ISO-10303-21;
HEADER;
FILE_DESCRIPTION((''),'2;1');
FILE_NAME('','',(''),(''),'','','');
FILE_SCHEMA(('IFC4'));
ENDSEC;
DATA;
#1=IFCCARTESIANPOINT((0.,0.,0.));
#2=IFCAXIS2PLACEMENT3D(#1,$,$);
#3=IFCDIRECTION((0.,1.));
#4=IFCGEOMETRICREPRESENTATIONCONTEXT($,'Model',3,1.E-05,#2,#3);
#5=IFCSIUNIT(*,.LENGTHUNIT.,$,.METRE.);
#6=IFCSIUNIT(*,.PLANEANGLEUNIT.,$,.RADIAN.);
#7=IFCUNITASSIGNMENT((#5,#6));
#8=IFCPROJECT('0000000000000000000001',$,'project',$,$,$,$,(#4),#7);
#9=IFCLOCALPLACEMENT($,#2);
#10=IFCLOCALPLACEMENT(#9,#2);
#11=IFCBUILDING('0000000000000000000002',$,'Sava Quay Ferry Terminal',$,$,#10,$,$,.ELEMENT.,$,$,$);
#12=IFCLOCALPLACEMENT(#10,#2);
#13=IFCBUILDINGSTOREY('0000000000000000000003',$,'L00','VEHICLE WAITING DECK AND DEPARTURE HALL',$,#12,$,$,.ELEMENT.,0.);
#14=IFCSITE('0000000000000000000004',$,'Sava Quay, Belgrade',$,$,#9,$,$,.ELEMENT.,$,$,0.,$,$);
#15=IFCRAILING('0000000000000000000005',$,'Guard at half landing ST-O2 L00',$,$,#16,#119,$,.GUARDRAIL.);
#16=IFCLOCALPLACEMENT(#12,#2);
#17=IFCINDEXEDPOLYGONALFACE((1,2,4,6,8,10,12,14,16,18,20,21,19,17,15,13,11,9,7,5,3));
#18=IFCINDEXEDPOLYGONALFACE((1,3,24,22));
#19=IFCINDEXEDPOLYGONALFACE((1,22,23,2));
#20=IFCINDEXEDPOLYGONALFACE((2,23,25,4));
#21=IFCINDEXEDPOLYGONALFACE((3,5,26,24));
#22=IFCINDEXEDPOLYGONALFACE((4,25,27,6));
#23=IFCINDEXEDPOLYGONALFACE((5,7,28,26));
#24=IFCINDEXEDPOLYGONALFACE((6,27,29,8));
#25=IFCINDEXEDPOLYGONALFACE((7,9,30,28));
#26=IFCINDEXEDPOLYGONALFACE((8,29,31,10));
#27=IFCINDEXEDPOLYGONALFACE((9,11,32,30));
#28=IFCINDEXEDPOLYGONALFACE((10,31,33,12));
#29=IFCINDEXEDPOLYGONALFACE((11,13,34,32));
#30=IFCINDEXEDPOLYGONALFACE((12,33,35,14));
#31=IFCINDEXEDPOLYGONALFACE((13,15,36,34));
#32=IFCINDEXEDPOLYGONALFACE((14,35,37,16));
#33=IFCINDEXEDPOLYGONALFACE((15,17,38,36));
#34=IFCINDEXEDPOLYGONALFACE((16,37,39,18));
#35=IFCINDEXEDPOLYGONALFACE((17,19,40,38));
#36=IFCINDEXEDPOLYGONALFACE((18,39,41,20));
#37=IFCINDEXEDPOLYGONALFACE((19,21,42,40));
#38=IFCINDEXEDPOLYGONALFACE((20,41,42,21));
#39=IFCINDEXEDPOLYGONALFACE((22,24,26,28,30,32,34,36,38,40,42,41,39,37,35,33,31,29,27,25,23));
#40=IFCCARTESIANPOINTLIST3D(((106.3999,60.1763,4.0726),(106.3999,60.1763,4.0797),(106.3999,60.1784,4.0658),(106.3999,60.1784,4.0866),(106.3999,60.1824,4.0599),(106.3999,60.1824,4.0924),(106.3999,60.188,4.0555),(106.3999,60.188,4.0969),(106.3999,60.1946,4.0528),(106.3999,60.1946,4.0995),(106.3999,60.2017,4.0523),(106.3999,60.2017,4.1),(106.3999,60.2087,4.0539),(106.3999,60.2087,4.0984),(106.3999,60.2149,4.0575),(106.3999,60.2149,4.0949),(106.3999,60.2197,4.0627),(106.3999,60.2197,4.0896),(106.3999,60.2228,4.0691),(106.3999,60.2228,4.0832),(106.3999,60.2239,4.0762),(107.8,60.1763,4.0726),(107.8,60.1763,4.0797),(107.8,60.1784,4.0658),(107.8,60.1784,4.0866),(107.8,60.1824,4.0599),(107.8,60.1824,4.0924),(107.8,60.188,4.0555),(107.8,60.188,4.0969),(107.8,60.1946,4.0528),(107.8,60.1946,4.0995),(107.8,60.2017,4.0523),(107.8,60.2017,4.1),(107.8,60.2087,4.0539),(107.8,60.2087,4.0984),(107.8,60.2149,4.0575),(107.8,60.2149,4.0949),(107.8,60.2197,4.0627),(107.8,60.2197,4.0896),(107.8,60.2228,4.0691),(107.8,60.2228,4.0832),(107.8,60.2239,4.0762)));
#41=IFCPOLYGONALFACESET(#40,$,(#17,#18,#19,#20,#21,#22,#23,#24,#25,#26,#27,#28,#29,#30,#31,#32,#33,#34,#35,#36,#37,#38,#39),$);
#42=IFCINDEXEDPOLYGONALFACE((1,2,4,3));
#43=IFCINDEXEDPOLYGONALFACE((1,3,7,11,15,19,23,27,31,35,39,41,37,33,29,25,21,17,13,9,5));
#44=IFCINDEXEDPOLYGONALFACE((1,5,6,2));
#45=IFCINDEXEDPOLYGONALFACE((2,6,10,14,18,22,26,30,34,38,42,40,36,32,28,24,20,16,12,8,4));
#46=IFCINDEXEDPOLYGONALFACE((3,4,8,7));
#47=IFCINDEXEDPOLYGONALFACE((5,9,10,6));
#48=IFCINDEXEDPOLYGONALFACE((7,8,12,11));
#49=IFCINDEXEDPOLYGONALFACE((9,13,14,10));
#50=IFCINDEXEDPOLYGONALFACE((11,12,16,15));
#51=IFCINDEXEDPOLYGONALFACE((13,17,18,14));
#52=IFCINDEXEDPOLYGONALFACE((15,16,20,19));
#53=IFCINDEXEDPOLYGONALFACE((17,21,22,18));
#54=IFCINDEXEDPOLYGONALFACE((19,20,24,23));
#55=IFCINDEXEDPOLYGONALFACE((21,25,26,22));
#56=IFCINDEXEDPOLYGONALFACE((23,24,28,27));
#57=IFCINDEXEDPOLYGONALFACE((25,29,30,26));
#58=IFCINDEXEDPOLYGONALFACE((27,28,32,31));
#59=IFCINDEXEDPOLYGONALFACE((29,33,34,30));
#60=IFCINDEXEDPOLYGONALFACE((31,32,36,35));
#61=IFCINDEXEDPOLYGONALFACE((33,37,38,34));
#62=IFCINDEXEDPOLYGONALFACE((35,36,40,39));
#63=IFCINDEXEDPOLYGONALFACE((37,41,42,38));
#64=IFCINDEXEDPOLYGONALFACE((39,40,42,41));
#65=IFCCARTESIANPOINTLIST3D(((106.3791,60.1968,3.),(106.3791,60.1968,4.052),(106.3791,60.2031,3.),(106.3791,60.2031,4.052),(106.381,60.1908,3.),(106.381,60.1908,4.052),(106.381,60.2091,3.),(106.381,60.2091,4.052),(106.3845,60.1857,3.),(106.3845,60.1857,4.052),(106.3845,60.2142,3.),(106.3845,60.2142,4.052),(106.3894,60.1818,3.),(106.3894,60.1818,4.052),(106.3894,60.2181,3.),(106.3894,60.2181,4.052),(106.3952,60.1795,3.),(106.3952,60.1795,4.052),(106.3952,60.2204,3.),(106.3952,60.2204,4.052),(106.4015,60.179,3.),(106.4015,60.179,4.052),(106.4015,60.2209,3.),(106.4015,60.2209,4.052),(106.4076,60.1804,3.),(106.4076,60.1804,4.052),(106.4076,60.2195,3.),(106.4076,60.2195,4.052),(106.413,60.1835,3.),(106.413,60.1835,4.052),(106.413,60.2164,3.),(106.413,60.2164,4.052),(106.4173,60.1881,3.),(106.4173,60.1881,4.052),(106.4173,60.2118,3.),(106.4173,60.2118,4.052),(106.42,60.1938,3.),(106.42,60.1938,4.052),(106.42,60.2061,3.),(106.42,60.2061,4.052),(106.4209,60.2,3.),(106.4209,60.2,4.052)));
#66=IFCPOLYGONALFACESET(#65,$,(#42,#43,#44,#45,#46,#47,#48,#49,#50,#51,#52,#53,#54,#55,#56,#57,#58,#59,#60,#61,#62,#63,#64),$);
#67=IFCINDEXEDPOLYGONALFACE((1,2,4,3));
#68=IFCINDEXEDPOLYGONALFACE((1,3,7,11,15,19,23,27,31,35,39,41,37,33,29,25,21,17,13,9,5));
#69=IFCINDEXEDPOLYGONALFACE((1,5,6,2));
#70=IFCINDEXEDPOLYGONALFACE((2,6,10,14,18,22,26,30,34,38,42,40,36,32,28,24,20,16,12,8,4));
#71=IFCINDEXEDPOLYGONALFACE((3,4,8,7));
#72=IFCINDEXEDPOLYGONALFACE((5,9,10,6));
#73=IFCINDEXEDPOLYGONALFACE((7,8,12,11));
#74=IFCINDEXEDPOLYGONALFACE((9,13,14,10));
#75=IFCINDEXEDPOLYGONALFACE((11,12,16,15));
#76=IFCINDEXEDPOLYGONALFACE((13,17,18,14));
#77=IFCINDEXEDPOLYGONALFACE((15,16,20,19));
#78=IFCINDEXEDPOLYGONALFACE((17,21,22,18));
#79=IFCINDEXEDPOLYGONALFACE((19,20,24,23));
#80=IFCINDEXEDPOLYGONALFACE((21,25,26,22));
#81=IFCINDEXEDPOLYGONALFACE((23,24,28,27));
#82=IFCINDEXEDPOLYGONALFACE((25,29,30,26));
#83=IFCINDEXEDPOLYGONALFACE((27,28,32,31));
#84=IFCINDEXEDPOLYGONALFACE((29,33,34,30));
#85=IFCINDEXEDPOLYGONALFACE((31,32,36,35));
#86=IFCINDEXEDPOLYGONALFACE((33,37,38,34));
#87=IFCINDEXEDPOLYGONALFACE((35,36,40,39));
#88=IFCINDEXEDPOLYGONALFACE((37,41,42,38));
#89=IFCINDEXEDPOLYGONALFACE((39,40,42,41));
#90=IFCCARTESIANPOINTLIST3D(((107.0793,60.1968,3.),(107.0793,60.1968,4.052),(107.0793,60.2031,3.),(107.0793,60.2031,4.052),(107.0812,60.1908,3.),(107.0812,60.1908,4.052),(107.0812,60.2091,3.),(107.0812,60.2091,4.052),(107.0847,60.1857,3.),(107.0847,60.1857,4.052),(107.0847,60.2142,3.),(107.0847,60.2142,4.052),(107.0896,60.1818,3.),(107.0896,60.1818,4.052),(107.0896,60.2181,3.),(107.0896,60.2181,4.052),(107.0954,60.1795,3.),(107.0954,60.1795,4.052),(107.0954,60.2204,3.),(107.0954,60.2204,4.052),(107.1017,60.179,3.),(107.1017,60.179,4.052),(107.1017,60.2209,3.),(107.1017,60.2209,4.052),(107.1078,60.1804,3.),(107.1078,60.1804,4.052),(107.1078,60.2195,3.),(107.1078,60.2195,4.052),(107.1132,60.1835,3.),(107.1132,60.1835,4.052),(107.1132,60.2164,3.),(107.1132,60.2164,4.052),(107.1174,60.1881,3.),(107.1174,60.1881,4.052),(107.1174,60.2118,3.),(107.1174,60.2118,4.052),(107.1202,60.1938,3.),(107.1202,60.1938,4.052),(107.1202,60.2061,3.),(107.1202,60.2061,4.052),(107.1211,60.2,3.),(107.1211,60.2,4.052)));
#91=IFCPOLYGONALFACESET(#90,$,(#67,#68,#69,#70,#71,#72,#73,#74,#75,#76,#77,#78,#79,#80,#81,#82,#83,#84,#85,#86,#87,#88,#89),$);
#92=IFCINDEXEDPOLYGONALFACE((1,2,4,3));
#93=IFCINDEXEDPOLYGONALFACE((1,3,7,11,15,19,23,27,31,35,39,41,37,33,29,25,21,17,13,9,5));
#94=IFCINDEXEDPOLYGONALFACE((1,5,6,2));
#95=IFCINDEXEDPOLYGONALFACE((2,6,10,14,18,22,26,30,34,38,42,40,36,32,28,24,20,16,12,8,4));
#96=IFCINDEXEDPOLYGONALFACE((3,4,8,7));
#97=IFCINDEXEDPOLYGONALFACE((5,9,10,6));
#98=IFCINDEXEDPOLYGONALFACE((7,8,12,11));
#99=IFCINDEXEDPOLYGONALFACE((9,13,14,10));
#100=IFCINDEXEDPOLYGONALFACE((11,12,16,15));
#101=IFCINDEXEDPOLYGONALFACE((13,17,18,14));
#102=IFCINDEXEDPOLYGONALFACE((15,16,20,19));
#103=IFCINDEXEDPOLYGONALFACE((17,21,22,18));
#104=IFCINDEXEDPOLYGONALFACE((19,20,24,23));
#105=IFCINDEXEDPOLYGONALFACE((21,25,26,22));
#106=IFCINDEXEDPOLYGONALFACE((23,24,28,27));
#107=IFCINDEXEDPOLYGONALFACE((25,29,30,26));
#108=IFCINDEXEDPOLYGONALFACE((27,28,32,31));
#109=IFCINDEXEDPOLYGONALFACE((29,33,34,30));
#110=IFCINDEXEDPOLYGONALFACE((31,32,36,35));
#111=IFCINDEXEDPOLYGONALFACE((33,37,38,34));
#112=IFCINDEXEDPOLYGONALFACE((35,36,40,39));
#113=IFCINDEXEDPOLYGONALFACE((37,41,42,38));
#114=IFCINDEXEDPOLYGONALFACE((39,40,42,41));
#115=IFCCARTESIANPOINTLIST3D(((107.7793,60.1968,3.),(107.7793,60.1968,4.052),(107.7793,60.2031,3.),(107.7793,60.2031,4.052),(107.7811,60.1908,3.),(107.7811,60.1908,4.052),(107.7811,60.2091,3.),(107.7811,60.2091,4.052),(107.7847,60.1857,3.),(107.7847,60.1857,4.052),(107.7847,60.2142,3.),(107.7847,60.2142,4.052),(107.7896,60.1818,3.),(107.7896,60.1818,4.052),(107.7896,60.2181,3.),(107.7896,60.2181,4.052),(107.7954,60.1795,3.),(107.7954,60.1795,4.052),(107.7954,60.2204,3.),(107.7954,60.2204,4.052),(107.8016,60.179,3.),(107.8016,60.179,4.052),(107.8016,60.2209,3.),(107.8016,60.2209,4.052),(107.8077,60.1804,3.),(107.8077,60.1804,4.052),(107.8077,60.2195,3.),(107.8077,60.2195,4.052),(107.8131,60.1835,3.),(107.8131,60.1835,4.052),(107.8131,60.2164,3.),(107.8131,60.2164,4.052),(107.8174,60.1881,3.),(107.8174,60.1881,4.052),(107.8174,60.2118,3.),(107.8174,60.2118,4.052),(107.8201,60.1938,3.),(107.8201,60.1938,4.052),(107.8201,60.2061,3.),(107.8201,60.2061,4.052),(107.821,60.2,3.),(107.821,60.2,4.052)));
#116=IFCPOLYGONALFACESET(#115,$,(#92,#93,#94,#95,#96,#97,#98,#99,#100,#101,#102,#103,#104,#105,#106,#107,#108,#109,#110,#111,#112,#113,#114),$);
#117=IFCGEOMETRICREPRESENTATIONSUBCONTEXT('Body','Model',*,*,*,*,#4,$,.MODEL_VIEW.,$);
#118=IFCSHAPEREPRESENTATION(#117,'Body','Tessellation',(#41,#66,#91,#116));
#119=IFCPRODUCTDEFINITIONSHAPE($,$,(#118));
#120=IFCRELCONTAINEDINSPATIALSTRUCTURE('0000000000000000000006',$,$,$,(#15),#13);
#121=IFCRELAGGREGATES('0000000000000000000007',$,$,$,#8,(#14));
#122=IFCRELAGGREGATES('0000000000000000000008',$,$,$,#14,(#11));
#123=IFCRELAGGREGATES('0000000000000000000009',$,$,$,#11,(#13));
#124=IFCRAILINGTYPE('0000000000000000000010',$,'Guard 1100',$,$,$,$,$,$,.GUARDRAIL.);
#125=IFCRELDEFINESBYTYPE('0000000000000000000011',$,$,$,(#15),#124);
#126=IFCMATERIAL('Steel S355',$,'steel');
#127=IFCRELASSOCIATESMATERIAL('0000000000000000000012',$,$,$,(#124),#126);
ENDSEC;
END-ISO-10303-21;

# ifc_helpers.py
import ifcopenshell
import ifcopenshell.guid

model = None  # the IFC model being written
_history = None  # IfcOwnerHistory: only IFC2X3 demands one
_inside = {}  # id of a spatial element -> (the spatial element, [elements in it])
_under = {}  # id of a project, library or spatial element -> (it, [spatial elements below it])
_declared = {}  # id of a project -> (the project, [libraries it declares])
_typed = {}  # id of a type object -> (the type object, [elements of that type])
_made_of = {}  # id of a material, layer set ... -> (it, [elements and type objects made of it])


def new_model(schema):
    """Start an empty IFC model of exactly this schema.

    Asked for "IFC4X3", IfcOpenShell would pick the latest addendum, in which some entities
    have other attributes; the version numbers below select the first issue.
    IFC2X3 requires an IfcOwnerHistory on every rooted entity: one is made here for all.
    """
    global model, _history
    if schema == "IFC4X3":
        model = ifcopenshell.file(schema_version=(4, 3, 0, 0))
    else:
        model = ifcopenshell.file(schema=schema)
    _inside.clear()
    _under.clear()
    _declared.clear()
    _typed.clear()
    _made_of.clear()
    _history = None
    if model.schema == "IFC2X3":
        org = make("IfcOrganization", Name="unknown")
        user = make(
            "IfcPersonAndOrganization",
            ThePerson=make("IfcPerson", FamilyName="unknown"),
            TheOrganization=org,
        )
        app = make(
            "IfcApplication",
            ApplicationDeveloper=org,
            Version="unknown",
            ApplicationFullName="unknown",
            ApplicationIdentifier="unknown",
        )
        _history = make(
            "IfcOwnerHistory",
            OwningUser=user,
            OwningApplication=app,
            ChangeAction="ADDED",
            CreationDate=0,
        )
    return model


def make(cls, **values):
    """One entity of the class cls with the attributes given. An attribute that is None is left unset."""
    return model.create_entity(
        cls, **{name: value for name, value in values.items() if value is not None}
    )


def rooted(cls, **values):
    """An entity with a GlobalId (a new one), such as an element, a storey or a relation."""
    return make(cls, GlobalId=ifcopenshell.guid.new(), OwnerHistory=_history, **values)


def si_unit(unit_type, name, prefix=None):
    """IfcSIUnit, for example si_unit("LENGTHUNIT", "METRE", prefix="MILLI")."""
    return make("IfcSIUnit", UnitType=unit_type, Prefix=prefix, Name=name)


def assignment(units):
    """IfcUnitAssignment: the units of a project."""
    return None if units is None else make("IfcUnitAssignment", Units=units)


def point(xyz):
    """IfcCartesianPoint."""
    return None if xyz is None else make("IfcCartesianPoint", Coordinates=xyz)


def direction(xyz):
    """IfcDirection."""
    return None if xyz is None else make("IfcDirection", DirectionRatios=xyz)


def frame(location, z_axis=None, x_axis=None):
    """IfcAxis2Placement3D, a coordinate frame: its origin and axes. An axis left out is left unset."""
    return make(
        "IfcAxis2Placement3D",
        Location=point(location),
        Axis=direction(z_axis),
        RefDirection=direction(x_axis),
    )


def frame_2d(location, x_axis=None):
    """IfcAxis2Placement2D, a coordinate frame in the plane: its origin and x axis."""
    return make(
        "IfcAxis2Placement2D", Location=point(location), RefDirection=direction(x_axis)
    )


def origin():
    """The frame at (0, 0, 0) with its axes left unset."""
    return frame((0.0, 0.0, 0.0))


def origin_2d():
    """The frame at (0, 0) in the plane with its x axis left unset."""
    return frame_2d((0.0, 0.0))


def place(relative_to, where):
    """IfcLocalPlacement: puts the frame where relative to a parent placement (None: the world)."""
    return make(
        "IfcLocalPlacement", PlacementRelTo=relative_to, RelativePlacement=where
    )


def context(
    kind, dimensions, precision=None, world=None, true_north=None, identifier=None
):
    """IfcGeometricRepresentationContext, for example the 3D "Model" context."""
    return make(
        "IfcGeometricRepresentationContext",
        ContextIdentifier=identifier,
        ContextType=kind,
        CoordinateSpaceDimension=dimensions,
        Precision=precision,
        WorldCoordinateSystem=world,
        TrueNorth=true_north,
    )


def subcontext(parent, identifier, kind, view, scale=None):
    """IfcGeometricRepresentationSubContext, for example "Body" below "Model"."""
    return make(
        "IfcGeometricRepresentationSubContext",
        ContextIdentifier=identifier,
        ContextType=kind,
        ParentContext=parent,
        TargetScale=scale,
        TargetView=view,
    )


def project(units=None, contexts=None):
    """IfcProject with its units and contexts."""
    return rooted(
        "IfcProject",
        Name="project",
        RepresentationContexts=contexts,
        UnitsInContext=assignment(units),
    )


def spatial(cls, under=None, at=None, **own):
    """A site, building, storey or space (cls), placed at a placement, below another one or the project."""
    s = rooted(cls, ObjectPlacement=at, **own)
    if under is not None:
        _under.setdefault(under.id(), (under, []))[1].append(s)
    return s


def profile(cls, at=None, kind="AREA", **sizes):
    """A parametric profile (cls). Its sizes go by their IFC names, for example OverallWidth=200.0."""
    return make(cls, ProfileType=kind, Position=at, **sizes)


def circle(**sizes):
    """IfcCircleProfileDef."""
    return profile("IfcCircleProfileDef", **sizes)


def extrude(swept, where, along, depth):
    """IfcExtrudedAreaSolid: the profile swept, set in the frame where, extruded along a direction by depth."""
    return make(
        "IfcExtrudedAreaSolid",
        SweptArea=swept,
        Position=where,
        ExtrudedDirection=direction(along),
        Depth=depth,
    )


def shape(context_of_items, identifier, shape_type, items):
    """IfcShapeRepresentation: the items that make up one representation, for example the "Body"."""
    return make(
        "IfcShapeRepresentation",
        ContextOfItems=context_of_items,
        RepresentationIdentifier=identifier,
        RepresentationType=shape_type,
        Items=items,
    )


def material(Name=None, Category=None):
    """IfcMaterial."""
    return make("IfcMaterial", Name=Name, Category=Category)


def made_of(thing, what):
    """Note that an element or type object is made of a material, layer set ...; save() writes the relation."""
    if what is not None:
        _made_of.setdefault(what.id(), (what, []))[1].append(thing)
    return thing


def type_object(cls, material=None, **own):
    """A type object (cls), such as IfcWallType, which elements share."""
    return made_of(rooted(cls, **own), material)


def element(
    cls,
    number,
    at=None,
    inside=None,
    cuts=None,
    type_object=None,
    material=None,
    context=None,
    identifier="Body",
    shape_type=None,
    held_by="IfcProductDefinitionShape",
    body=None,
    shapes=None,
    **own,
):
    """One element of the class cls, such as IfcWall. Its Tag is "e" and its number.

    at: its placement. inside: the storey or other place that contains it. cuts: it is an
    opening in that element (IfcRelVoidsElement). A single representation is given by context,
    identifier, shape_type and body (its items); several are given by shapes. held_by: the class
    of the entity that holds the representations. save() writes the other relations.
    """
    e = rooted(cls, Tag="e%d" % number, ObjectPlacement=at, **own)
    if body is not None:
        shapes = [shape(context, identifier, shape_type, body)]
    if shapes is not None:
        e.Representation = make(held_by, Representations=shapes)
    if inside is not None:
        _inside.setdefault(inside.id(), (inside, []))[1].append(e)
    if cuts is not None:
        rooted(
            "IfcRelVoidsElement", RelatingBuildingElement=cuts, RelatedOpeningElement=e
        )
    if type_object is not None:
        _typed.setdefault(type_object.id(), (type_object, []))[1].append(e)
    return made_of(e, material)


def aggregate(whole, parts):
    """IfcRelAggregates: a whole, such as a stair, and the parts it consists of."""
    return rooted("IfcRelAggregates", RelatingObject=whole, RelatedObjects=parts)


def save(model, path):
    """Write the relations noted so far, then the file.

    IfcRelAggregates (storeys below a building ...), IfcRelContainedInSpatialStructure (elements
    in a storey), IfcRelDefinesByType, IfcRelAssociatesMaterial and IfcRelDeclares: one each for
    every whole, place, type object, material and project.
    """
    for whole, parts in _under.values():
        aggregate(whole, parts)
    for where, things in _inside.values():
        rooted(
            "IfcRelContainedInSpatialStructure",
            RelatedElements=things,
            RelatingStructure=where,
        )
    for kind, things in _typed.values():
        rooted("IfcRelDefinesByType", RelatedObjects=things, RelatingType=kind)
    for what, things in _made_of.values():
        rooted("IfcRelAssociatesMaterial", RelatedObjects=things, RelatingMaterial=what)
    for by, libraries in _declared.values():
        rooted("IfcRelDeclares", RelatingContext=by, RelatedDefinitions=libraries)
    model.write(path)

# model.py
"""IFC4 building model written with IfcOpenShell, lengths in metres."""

from ifc_helpers import new_model, si_unit, direction, frame, origin, origin_2d, place, context, subcontext, project, spatial, circle, extrude, material, type_object, element, save


model = new_model("IFC4")

# Units and contexts
model_context = context("Model", 3, precision=1e-05, world=origin(), true_north=direction((0.0, 1.0)))
body_context = subcontext(model_context, "Body", "Model", "MODEL_VIEW")
ifc_project = project(units=[si_unit("LENGTHUNIT", "METRE"), si_unit("PLANEANGLEUNIT", "RADIAN")], contexts=[model_context])

# Site, building, storey
site_placement = place(None, origin())
site = spatial("IfcSite", under=ifc_project, at=site_placement, Name="Sava Quay, Belgrade", CompositionType="ELEMENT", RefElevation=0.0)
building_placement = place(site_placement, origin())
building = spatial("IfcBuilding", under=site, at=building_placement, Name="Sava Quay Ferry Terminal", CompositionType="ELEMENT")
storey_placement = place(building_placement, origin())
storey = spatial("IfcBuildingStorey", under=building, at=storey_placement, Name="L00", Description="VEHICLE WAITING DECK AND DEPARTURE HALL", CompositionType="ELEMENT", Elevation=0.0)

# Railing
ifc_material_1 = material(Name="Steel S355", Category="steel")
railing_type_1 = type_object("IfcRailingType", Name="Guard 1100", PredefinedType="GUARDRAIL", material=ifc_material_1)
railing_1_placement = place(storey_placement, frame((106.3999, 60.2, 3.0)))
element("IfcRailing", 1, at=railing_1_placement, inside=storey, type_object=railing_type_1, Name="Guard at half landing ST-O2 L00", PredefinedType="GUARDRAIL", context=body_context, shape_type="SweptSolid", body=[
    extrude(circle(Radius=0.0239, at=origin_2d()), frame((0.0, 0.0, 1.0762), z_axis=(1.0, 0.0, 0.0), x_axis=(0.0, 1.0, 0.0)), (0.0, 0.0, 1.0), 1.4001),
    extrude(circle(Radius=0.021, at=origin_2d()), origin(), (0.0, 0.0, 1.0), 1.052),
    extrude(circle(Radius=0.021, at=origin_2d()), frame((0.7002, 0.0, 0.0)), (0.0, 0.0, 1.0), 1.052),
    extrude(circle(Radius=0.021, at=origin_2d()), frame((1.4001, 0.0, 0.0)), (0.0, 0.0, 1.0), 1.052),
])

save(model, "model.ifc")
